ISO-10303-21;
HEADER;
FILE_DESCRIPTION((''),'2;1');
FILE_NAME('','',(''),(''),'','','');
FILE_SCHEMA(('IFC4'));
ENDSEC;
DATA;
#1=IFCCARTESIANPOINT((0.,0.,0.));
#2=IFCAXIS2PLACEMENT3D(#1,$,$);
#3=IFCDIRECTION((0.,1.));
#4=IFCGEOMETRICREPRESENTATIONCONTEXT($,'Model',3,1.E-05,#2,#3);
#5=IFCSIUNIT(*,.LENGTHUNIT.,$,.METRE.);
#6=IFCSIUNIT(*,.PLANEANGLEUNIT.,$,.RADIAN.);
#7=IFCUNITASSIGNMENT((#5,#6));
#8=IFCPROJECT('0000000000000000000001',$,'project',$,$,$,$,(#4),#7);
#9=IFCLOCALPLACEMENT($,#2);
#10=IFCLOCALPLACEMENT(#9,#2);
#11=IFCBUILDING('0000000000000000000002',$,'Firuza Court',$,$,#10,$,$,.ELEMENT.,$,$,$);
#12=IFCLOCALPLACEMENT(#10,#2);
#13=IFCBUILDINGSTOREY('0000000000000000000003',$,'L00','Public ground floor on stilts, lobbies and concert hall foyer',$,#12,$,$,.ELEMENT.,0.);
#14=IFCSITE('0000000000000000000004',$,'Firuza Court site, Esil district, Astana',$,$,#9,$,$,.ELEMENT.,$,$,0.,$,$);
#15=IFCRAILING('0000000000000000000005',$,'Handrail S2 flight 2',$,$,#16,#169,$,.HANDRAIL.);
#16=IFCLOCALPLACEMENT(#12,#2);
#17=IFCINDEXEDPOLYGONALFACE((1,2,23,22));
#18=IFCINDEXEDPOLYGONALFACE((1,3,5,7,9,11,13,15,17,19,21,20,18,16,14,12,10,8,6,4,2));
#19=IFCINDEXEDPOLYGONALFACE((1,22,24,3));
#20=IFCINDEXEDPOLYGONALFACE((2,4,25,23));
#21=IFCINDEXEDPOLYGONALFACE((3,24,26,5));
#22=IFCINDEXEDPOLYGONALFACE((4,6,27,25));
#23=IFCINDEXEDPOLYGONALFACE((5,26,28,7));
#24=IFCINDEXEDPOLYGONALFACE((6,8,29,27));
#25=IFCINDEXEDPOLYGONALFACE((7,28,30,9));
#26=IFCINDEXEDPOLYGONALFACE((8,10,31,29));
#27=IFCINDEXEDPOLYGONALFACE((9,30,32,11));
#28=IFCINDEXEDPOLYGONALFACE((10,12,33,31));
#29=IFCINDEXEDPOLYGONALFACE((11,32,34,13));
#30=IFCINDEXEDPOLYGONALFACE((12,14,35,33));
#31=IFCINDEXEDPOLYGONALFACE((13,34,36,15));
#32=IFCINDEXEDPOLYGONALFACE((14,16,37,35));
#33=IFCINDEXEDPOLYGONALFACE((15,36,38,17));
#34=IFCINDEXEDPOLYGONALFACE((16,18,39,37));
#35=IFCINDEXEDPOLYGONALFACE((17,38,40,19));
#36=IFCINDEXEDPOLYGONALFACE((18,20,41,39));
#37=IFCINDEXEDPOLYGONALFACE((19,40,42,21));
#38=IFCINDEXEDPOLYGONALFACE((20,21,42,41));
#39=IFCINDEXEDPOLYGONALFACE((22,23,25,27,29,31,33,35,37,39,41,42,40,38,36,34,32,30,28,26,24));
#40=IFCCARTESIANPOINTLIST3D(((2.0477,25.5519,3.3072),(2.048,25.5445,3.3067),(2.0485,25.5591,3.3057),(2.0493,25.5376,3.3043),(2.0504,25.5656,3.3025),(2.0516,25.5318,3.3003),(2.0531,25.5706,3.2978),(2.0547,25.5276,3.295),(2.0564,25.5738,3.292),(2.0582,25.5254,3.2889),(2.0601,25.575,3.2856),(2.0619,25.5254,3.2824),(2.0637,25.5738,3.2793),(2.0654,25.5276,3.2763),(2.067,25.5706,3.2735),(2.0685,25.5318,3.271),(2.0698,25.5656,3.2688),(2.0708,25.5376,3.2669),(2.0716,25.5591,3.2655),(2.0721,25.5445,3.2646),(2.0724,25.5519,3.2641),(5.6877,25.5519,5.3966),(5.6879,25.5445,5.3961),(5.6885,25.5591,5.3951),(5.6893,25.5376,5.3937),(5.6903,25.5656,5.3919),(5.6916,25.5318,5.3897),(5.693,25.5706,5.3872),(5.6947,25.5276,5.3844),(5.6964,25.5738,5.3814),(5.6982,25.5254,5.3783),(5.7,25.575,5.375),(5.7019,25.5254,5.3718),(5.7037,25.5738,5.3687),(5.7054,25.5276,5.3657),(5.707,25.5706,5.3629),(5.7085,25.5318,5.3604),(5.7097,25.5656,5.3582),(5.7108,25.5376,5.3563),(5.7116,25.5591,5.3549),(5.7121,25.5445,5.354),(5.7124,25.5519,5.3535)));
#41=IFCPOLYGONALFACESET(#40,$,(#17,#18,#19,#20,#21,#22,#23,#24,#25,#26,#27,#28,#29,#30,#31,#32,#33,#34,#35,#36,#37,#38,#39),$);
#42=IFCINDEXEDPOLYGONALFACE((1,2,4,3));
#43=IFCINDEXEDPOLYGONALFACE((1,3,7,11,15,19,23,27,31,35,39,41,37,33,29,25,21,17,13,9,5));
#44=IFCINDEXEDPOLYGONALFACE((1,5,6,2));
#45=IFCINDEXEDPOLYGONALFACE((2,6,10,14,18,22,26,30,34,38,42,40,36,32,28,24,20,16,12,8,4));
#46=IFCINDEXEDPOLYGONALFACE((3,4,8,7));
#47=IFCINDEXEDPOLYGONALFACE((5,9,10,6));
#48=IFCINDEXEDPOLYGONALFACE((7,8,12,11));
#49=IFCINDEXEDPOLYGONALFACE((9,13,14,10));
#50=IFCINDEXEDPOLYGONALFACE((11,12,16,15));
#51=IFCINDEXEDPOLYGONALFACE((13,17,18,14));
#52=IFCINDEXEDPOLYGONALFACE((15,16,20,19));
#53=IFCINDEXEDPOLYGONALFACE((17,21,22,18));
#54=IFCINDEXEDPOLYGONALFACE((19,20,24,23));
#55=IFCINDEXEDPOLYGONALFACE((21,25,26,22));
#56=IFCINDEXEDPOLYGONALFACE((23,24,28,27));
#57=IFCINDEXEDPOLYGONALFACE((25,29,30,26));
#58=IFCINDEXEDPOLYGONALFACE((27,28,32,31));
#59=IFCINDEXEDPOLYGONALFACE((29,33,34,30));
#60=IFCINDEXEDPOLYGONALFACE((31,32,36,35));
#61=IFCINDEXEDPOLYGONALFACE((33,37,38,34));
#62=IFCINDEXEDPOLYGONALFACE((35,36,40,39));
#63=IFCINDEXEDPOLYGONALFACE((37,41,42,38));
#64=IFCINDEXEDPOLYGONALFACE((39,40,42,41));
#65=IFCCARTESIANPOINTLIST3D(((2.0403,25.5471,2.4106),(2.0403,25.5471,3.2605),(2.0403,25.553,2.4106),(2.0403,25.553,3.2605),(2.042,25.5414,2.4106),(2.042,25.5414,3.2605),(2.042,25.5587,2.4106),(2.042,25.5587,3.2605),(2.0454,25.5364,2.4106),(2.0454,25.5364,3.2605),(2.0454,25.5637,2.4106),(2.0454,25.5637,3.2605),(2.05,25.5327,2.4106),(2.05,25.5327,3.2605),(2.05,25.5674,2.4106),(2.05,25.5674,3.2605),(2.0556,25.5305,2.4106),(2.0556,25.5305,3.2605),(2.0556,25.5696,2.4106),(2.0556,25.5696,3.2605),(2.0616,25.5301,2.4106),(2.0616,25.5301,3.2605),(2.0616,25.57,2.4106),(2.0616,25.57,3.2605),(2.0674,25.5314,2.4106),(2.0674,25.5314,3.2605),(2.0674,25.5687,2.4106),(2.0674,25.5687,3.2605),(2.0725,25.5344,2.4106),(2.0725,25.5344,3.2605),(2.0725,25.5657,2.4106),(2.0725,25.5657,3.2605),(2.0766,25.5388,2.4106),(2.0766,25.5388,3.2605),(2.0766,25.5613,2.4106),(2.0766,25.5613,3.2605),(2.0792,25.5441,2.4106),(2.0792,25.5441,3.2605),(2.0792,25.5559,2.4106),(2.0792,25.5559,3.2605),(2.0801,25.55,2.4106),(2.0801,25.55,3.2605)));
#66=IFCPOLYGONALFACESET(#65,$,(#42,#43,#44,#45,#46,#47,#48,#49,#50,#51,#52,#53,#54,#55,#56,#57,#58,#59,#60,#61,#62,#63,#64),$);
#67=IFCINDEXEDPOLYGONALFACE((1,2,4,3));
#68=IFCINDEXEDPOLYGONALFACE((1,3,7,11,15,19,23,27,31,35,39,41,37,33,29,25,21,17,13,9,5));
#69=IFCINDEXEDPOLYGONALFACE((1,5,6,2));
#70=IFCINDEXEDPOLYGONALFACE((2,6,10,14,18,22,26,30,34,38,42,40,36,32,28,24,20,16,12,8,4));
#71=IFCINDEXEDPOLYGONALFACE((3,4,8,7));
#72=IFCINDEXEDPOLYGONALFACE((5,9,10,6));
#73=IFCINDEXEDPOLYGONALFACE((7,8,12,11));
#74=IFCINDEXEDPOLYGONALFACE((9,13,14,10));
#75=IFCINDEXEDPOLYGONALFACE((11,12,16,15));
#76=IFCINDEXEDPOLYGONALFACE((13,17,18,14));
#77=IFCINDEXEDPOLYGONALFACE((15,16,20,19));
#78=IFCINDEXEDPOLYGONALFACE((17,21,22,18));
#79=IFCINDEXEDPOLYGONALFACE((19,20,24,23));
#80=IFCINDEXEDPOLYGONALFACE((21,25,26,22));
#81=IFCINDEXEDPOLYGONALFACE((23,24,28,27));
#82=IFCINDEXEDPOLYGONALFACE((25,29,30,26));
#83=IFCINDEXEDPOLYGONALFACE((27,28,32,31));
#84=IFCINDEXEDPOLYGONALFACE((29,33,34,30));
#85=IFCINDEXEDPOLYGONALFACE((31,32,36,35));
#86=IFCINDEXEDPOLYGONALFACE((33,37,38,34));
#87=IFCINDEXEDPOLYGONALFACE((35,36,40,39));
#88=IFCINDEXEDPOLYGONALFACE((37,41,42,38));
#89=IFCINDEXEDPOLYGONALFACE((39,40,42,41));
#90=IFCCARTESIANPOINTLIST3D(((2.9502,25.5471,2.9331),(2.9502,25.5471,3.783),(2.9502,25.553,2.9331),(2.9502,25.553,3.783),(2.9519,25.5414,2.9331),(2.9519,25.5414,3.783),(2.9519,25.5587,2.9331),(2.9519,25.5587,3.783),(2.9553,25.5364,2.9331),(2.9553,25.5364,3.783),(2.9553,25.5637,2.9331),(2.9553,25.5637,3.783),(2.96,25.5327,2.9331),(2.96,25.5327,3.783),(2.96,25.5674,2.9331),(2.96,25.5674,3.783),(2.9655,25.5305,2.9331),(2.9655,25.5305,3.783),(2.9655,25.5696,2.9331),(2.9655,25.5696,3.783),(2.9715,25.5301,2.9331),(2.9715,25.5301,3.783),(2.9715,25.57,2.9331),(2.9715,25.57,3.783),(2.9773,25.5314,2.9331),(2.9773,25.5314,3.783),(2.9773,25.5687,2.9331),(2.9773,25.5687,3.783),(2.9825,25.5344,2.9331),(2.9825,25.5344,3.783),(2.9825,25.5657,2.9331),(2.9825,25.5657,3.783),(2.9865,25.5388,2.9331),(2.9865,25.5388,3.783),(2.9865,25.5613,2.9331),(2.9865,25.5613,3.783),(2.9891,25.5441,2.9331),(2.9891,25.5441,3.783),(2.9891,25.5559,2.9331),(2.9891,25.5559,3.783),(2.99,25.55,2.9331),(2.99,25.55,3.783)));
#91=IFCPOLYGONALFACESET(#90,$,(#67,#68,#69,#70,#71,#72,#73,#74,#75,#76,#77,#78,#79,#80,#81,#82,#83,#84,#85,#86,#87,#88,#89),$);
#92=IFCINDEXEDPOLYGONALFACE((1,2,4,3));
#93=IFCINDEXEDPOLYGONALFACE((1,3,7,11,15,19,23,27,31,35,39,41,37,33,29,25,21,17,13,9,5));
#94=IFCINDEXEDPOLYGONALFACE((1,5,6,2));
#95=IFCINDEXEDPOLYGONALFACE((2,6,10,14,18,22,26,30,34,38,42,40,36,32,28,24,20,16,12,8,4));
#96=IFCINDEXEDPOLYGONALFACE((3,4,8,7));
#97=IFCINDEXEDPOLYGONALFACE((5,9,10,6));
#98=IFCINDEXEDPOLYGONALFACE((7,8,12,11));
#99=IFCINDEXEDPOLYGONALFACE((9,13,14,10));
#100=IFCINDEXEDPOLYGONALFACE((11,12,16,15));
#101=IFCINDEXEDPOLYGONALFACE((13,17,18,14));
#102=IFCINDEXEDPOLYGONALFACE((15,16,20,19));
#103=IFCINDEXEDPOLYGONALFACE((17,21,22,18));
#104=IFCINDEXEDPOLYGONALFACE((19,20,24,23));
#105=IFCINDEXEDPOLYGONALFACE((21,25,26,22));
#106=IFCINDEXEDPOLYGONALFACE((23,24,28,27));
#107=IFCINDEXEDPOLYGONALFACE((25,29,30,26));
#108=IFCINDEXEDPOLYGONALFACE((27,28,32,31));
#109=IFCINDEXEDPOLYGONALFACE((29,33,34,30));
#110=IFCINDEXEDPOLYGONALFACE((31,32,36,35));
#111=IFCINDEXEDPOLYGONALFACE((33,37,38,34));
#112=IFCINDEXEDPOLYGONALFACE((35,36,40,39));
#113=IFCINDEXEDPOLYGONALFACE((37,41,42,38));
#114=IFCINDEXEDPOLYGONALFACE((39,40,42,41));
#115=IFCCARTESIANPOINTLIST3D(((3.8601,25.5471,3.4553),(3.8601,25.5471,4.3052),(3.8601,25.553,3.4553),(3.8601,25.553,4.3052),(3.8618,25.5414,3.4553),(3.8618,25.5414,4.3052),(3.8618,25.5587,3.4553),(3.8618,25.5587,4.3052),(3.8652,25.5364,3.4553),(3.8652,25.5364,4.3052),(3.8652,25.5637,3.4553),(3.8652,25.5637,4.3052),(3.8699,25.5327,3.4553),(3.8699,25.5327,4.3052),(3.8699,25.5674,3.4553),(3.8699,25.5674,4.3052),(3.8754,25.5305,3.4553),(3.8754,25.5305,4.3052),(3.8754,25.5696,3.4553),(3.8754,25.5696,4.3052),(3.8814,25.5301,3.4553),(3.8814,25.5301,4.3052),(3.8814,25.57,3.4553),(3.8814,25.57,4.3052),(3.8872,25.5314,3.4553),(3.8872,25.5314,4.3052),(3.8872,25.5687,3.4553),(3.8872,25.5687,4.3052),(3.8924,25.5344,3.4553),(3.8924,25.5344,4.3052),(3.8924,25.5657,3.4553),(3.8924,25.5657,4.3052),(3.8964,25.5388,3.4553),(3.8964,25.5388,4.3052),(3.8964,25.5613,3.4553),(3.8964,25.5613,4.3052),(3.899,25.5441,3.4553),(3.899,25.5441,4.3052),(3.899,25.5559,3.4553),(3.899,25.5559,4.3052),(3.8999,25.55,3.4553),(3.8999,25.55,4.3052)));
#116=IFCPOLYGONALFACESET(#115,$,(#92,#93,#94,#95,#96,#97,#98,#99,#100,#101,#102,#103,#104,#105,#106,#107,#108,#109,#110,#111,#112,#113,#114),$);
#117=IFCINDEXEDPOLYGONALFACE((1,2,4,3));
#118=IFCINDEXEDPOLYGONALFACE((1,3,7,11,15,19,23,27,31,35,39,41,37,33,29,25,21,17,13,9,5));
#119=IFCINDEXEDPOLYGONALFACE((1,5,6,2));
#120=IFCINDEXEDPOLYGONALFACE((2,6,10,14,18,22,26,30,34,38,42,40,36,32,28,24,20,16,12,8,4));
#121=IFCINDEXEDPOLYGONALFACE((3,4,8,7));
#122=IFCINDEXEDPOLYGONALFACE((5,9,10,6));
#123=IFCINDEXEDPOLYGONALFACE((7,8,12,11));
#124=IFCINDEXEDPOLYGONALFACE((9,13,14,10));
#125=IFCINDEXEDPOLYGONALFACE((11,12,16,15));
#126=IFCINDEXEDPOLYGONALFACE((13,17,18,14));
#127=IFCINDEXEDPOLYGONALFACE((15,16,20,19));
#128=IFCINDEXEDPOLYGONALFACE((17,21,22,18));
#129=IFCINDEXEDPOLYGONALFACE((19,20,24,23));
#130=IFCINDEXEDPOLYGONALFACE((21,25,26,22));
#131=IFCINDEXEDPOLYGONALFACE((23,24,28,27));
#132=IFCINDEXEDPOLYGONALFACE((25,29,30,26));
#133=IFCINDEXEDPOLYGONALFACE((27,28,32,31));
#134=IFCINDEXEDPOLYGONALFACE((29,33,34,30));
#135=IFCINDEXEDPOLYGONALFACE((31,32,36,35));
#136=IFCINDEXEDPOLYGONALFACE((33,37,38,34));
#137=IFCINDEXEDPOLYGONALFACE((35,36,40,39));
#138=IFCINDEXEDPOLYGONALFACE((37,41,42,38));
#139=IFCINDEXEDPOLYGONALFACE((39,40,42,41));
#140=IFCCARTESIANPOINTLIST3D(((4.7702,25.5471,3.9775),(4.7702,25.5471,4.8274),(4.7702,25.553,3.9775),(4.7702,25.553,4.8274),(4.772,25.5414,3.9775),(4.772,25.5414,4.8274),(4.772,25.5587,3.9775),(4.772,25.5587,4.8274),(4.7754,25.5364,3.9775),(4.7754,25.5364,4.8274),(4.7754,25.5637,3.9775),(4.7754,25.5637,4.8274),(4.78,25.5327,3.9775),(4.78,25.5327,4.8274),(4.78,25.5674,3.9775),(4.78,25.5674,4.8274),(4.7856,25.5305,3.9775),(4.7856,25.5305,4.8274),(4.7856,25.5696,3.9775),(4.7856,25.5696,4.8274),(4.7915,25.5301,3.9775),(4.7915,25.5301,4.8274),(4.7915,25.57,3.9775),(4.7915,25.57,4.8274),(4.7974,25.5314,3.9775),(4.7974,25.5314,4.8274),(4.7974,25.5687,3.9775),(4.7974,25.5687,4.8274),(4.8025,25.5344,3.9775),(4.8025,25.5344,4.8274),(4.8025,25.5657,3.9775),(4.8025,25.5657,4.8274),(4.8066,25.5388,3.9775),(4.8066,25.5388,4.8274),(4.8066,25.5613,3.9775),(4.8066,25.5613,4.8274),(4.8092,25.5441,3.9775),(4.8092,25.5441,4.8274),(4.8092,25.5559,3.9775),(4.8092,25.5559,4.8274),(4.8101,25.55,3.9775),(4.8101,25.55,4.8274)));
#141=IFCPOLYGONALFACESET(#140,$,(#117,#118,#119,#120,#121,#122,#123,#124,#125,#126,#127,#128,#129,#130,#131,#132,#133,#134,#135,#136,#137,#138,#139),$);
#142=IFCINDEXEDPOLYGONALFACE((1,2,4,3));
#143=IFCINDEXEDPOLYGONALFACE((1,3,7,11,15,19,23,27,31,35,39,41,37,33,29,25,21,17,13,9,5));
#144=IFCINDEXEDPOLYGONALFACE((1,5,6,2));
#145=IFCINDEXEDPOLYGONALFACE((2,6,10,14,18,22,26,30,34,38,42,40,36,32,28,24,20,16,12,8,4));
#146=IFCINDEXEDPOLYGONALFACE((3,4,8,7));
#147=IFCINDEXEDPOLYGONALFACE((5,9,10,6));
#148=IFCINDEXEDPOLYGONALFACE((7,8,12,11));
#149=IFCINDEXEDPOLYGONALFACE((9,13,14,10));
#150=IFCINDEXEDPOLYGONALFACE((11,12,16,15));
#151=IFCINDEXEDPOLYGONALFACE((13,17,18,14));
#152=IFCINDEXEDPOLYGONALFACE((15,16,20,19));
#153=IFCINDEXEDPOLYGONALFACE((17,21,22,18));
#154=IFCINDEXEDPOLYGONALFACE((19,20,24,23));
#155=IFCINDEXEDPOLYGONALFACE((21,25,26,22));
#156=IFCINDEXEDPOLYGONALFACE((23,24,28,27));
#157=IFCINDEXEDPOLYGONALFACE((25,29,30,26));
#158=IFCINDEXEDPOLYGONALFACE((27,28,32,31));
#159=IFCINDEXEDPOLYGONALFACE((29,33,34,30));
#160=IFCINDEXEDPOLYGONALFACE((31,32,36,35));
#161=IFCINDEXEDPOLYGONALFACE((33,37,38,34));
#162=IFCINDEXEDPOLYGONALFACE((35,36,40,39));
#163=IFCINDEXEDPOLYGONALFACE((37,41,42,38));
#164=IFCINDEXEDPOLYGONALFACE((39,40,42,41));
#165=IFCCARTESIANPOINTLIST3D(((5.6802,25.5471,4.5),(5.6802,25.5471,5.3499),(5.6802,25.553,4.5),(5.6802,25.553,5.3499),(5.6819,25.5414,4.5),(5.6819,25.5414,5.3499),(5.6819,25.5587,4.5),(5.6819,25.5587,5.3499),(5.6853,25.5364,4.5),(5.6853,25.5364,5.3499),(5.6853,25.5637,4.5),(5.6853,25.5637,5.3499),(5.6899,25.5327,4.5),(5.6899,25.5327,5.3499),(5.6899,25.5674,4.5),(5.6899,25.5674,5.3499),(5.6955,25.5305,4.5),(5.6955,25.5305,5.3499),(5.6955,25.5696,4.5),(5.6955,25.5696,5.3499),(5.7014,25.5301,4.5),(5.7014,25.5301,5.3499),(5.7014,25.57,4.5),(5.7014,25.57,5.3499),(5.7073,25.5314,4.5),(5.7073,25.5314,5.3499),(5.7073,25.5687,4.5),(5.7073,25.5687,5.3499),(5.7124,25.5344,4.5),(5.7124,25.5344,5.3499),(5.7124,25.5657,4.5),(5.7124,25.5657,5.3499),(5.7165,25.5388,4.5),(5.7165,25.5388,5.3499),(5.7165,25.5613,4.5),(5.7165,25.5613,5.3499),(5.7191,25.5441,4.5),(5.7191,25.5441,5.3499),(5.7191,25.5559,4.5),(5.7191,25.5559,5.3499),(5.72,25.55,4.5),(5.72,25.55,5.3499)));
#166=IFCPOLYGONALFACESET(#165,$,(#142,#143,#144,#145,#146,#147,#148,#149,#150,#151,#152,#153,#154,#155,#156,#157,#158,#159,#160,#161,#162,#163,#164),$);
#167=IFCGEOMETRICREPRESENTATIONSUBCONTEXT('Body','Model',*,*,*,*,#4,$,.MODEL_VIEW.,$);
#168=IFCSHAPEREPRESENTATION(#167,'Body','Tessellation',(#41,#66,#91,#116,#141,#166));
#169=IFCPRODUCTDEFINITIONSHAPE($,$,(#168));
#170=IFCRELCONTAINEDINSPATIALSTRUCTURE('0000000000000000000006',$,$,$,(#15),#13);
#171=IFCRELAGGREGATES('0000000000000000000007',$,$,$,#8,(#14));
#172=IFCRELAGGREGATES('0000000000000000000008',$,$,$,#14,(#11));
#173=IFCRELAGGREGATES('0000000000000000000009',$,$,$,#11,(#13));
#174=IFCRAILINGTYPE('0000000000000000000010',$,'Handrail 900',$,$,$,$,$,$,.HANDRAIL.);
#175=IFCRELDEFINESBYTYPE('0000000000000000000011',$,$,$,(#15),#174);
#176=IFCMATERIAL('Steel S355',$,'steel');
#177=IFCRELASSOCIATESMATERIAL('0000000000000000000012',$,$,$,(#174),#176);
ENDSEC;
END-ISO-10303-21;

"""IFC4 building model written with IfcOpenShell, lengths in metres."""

from ifc_helpers import new_model, si_unit, direction, frame, origin, origin_2d, place, context, subcontext, project, spatial, circle, extrude, material, type_object, element, save


model = new_model("IFC4")

# Units and contexts
model_context = context("Model", 3, precision=1e-05, world=origin(), true_north=direction((0.0, 1.0)))
body_context = subcontext(model_context, "Body", "Model", "MODEL_VIEW")
ifc_project = project(units=[si_unit("LENGTHUNIT", "METRE"), si_unit("PLANEANGLEUNIT", "RADIAN")], contexts=[model_context])

# Site, building, storey
site_placement = place(None, origin())
site = spatial("IfcSite", under=ifc_project, at=site_placement, Name="Firuza Court site, Esil district, Astana", CompositionType="ELEMENT", RefElevation=0.0)
building_placement = place(site_placement, origin())
building = spatial("IfcBuilding", under=site, at=building_placement, Name="Firuza Court", CompositionType="ELEMENT")
storey_placement = place(building_placement, origin())
storey = spatial("IfcBuildingStorey", under=building, at=storey_placement, Name="L00", Description="Public ground floor on stilts, lobbies and concert hall foyer", CompositionType="ELEMENT", Elevation=0.0)

# Railing
ifc_material_1 = material(Name="Steel S355", Category="steel")
railing_type_1 = type_object("IfcRailingType", Name="Handrail 900", PredefinedType="HANDRAIL", material=ifc_material_1)
for number, where, name in (
    (1, (2.0601, 25.55, 2.4106), "Handrail S2 flight 2"),
):
    element("IfcRailing", number, at=place(storey_placement, frame(where)), inside=storey, type_object=railing_type_1, Name=name, PredefinedType="HANDRAIL", context=body_context, shape_type="SweptSolid", body=[
        extrude(circle(Radius=0.0249, at=origin_2d()), frame((0.0, 0.0, 0.875), z_axis=(0.867275, 0.0, 0.497829), x_axis=(0.0, 1.0, 0.0)), (0.0, 0.0, 1.0), 4.197),
        extrude(circle(Radius=0.02, at=origin_2d()), origin(), (0.0, 0.0, 1.0), 0.8499),
        extrude(circle(Radius=0.02, at=origin_2d()), frame((0.9099, 0.0, 0.5225)), (0.0, 0.0, 1.0), 0.8499),
        extrude(circle(Radius=0.02, at=origin_2d()), frame((1.8198, 0.0, 1.0447)), (0.0, 0.0, 1.0), 0.8499),
        extrude(circle(Radius=0.02, at=origin_2d()), frame((2.73, 0.0, 1.5669)), (0.0, 0.0, 1.0), 0.8499),
        extrude(circle(Radius=0.02, at=origin_2d()), frame((3.6399, 0.0, 2.0894)), (0.0, 0.0, 1.0), 0.8499),
    ])

save(model, "model.ifc")
